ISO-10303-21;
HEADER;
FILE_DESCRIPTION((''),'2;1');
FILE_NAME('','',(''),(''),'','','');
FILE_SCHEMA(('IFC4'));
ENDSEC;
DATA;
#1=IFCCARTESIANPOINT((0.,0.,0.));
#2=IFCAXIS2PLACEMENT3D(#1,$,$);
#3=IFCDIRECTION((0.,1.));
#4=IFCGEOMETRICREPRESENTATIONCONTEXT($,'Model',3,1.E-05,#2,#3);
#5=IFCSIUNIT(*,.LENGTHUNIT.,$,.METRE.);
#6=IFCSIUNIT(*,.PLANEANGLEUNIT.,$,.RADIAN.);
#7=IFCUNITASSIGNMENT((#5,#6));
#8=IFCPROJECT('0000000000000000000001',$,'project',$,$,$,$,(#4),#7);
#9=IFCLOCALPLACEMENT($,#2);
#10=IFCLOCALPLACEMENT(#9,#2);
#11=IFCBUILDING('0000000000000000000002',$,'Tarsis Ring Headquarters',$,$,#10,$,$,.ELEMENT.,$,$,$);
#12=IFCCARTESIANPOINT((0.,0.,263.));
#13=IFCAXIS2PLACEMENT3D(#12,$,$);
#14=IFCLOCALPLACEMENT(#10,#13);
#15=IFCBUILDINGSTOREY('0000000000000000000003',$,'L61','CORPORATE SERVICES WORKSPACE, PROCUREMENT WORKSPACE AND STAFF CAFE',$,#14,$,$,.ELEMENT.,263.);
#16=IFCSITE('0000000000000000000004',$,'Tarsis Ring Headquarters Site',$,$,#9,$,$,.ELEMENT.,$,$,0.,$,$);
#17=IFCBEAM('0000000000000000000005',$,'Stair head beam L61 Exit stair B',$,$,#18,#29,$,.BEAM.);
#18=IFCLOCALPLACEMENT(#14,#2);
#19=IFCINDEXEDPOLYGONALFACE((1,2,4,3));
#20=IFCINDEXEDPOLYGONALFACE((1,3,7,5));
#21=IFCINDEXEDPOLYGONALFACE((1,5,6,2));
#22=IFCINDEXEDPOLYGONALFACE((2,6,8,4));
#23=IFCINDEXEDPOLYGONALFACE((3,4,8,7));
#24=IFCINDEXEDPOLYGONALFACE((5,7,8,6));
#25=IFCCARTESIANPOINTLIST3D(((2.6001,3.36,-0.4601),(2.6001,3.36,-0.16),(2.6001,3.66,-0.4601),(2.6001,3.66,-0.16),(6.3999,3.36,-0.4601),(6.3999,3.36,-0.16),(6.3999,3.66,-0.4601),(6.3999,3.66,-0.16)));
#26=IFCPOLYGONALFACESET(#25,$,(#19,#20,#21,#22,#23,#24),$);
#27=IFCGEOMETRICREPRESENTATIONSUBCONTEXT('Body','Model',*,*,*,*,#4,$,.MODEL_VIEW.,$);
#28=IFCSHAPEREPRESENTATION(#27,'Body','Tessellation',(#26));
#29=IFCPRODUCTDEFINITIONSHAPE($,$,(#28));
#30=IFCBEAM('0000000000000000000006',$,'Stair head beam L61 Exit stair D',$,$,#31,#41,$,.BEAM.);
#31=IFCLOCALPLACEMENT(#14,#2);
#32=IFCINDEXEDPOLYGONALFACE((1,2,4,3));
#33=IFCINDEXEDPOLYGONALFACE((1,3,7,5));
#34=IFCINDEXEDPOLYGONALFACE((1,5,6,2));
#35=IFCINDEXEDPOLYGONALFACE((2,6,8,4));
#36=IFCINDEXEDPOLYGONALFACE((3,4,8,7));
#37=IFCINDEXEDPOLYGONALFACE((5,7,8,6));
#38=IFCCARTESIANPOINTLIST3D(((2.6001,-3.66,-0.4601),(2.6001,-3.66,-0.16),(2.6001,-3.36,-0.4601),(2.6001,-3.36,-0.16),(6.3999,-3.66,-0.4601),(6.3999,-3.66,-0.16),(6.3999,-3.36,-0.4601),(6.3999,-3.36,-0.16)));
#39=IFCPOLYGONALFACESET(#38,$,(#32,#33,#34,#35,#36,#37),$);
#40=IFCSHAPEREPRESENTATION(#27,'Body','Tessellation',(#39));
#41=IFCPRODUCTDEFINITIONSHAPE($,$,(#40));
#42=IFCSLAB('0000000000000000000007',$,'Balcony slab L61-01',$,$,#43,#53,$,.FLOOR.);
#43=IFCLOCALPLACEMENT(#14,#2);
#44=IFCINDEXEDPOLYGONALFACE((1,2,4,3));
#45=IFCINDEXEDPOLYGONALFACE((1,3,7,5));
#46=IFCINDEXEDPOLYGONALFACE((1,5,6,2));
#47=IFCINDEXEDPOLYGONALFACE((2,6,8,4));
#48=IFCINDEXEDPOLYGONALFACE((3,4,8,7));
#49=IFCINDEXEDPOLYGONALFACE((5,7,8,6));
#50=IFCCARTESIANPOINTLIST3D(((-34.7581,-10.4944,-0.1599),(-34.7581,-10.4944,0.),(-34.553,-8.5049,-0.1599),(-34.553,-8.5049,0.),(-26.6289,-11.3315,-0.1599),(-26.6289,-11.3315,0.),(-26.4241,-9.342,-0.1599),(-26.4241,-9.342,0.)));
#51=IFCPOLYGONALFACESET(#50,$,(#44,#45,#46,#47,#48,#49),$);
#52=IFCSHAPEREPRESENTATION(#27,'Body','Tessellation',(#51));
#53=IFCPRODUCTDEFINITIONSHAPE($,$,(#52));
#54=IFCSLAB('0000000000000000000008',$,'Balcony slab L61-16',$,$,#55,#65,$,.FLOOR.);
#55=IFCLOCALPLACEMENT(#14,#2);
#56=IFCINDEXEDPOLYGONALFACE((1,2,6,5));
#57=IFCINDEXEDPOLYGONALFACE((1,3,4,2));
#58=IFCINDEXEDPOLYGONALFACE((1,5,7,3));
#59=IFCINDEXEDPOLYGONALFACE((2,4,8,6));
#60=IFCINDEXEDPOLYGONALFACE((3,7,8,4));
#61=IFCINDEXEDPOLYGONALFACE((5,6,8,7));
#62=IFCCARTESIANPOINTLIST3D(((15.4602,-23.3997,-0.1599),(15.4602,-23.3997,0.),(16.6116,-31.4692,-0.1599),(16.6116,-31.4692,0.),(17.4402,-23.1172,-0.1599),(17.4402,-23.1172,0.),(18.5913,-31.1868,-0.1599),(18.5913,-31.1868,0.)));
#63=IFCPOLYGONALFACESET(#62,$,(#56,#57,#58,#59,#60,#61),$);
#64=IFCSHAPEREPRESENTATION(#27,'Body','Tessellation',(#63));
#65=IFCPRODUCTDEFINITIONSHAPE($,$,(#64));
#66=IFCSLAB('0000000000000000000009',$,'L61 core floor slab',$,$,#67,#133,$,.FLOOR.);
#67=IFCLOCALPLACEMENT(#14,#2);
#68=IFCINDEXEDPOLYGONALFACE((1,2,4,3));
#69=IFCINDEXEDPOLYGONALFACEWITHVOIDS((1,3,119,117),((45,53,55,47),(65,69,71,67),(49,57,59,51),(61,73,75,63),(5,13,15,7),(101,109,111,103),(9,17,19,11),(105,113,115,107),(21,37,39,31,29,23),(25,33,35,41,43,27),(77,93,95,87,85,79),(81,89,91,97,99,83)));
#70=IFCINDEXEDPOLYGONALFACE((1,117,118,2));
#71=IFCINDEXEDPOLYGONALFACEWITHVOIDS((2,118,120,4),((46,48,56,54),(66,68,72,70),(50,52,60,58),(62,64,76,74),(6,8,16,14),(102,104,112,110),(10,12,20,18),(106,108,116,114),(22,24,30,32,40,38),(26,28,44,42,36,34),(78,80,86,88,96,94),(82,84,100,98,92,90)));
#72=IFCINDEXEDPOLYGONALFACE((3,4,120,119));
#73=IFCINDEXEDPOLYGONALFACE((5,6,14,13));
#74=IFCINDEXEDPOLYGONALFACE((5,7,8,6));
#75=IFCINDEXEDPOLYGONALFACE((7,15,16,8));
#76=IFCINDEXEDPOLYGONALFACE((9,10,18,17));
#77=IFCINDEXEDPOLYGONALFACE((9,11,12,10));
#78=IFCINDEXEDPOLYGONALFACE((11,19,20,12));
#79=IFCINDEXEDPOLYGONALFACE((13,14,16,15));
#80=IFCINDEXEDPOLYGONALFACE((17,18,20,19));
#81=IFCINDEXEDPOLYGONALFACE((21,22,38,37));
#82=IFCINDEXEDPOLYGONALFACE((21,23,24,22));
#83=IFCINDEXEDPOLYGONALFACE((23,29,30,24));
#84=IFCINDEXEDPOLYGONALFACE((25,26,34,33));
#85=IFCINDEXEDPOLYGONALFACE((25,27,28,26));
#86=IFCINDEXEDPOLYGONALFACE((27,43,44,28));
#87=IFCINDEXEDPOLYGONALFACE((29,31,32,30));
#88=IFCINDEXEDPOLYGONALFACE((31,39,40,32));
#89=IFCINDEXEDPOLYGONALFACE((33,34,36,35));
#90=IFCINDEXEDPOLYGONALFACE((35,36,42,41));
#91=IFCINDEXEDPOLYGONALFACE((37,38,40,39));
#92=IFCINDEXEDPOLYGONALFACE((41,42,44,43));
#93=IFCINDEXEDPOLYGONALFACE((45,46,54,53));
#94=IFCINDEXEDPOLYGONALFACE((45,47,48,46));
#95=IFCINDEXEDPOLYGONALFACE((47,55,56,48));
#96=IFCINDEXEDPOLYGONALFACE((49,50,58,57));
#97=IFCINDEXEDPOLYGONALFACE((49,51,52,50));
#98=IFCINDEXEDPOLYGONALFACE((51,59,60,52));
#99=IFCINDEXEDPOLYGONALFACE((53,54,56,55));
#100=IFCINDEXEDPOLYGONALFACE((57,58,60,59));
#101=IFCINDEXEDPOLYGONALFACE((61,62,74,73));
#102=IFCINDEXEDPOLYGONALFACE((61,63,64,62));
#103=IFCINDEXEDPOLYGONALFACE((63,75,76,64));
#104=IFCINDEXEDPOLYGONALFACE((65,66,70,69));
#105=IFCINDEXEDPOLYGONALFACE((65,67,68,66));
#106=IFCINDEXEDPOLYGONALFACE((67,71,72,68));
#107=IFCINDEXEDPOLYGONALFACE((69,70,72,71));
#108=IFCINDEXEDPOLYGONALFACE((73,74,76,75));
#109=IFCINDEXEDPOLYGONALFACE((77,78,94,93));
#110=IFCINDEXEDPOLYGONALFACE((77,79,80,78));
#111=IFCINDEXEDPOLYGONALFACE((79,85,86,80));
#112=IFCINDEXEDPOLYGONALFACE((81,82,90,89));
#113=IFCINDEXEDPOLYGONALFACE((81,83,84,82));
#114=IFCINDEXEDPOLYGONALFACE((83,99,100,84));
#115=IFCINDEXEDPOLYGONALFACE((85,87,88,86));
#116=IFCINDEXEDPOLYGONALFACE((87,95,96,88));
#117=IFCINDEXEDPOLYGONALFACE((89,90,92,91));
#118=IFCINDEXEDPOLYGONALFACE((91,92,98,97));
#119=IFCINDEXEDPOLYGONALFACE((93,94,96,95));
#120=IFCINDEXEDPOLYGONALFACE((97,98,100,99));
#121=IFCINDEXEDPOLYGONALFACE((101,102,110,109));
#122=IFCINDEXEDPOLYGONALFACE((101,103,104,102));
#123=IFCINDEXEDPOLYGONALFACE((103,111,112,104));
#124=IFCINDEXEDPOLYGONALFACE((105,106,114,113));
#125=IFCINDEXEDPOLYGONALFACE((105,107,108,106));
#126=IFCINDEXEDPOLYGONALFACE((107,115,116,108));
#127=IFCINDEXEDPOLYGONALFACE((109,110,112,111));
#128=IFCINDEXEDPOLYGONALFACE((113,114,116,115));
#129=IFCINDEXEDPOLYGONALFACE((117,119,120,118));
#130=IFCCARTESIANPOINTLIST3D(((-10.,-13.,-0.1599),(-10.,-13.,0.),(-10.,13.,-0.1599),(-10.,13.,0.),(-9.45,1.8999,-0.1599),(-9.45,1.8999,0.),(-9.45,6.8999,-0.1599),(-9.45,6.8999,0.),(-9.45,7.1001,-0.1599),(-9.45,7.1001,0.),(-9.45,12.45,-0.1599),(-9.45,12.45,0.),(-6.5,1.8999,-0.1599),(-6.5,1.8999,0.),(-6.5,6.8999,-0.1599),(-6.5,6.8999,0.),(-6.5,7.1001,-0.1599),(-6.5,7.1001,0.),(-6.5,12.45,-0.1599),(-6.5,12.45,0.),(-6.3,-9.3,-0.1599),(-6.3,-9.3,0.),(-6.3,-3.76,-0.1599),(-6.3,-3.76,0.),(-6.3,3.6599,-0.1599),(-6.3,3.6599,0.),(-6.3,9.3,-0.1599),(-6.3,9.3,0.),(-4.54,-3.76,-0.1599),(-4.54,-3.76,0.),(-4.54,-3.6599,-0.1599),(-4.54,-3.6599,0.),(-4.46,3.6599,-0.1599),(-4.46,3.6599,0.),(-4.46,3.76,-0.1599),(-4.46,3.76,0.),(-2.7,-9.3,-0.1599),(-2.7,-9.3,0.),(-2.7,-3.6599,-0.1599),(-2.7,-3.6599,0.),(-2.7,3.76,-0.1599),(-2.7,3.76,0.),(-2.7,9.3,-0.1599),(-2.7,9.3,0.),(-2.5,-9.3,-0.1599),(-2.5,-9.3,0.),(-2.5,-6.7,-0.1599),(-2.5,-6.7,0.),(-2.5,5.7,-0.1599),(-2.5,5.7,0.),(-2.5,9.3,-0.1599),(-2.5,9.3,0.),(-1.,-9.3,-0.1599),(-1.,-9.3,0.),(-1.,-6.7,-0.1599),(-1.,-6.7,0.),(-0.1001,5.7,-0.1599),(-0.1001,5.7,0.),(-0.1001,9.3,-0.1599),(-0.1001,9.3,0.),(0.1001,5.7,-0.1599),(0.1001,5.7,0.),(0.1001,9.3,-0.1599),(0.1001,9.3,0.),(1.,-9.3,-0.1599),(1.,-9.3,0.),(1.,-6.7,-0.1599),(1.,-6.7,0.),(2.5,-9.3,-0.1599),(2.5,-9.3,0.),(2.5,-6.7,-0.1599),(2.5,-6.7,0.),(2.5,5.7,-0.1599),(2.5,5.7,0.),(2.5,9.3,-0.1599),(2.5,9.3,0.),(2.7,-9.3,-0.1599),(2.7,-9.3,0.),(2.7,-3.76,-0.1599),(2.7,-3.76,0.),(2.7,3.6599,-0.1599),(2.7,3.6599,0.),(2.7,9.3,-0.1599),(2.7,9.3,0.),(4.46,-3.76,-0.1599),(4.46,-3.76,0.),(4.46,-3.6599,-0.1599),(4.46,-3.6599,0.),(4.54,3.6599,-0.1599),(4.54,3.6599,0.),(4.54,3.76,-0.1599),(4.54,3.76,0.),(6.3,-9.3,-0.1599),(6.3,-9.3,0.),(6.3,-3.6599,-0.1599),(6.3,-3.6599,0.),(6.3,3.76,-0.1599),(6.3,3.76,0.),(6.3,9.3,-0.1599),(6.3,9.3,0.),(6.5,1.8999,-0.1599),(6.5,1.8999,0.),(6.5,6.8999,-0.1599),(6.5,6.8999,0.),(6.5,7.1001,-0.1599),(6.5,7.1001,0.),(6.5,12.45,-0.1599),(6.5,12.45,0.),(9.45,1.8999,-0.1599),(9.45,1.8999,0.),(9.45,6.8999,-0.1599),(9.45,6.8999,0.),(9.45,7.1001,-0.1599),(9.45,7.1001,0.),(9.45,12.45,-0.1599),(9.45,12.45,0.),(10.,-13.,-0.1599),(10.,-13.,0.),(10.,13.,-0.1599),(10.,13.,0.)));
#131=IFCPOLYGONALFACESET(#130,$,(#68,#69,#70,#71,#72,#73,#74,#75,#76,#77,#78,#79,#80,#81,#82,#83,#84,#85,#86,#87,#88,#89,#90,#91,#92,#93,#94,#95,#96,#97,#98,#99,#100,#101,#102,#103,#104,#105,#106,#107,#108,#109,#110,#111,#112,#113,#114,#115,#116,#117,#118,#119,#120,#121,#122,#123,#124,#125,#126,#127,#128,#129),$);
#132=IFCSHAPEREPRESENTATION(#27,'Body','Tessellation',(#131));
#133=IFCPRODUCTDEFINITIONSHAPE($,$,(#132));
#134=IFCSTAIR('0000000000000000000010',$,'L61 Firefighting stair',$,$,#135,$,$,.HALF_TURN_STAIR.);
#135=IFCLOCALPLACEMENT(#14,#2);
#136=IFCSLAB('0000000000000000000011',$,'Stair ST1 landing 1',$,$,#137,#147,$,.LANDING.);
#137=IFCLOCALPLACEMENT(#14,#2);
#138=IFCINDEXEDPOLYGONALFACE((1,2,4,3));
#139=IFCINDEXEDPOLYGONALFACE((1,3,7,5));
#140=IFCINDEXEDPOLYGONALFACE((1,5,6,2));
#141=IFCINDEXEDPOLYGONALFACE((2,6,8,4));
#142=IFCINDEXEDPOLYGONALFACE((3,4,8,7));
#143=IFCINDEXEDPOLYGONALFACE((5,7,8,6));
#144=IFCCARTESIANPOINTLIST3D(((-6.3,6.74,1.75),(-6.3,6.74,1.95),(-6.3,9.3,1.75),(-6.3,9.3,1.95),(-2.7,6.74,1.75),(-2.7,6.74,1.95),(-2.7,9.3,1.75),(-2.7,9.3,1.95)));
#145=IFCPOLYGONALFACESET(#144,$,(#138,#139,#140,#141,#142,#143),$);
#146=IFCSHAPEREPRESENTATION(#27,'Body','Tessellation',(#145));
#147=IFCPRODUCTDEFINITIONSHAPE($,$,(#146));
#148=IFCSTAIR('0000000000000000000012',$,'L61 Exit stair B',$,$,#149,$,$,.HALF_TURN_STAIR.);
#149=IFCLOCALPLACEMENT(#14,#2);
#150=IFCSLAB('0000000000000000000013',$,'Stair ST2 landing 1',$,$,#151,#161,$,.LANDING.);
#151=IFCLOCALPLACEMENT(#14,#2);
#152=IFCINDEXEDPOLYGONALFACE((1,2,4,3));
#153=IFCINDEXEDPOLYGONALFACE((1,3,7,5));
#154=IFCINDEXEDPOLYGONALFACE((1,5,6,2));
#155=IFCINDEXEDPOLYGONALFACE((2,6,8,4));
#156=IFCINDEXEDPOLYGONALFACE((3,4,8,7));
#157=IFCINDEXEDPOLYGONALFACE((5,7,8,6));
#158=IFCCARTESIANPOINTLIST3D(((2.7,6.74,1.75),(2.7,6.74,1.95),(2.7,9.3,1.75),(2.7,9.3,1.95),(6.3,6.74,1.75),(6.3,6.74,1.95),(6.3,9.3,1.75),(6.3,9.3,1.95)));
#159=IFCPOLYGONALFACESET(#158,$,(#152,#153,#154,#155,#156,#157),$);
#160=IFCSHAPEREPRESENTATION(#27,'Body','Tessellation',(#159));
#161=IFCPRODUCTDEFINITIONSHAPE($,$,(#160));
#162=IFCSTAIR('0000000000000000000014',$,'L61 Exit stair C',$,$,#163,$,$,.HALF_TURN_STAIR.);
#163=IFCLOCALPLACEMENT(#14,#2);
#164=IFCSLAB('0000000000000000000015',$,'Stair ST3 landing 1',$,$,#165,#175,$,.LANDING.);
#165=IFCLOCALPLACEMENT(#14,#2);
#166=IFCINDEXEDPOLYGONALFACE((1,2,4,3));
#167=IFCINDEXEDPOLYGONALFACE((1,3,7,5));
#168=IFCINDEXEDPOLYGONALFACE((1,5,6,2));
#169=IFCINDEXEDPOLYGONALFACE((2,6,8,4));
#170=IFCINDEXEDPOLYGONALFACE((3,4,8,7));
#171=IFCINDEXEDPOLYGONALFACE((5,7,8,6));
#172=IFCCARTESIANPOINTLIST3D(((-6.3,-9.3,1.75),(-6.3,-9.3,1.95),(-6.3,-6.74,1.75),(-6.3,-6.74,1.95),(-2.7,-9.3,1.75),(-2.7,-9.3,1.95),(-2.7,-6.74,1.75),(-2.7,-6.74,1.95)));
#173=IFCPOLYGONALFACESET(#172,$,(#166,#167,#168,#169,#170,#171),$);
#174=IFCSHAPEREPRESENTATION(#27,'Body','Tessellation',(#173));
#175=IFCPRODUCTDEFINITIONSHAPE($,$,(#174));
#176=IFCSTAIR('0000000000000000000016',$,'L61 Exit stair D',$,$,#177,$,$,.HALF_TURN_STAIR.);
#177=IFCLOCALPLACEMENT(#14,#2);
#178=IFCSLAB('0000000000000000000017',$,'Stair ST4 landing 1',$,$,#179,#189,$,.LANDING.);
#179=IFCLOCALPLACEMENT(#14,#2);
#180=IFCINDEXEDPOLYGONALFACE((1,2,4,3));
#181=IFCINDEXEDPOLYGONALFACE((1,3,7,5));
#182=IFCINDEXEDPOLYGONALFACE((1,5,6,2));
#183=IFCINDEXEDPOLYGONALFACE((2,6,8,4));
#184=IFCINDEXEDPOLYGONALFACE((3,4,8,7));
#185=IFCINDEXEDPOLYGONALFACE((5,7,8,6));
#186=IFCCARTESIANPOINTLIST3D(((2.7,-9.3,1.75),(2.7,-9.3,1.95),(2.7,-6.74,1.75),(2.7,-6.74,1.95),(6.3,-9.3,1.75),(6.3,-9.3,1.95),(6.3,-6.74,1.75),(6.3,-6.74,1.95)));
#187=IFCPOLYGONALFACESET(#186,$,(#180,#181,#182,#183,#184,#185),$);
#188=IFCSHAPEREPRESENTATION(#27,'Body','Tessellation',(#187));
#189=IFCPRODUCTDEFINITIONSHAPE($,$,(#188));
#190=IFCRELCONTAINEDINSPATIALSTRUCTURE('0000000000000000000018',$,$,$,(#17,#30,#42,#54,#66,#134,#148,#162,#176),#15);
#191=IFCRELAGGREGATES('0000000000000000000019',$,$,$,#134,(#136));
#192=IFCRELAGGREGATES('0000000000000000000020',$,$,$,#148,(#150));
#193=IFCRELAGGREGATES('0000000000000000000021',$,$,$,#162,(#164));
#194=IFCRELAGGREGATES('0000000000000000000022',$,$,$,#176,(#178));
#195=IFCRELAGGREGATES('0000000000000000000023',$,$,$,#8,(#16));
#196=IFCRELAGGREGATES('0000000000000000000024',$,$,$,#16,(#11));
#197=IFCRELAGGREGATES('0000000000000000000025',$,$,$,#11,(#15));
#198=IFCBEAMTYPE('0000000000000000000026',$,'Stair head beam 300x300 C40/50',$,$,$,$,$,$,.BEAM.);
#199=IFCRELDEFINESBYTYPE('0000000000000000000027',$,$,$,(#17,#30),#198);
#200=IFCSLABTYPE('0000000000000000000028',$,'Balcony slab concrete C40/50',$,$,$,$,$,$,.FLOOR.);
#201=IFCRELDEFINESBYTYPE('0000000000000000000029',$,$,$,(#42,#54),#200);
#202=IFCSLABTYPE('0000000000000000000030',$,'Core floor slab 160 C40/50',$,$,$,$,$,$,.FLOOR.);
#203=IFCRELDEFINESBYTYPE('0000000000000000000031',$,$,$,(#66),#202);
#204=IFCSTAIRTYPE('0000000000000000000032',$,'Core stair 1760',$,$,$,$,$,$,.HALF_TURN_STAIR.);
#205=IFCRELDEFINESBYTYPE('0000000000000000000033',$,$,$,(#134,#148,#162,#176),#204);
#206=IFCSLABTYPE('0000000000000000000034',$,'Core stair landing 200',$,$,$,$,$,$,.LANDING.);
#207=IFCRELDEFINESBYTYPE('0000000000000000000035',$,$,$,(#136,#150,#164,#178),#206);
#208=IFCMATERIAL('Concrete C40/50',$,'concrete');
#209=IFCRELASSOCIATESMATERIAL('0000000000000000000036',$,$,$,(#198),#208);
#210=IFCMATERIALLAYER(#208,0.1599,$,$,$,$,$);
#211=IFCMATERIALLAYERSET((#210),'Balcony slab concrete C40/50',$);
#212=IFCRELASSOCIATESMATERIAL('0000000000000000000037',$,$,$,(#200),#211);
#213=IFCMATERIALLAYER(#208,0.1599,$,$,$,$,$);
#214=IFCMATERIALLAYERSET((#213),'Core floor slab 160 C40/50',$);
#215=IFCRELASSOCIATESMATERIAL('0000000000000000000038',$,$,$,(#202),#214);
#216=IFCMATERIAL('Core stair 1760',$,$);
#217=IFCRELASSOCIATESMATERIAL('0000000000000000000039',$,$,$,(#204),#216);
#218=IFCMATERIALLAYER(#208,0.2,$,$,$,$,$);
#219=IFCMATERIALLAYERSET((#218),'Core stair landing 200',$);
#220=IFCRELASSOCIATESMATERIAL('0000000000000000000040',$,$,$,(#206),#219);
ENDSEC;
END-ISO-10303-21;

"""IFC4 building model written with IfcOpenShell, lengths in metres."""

from ifc_helpers import new_model, si_unit, direction, frame, origin, origin_2d, place, context, subcontext, project, spatial, polyline, rectangle, outline, extrude, material, layer, layer_set, material_profile, profile_set, type_object, element, aggregate, save


model = new_model("IFC4")

# Units and contexts
model_context = context("Model", 3, precision=1e-05, world=origin(), true_north=direction((0.0, 1.0)))
body_context = subcontext(model_context, "Body", "Model", "MODEL_VIEW")
ifc_project = project(units=[si_unit("LENGTHUNIT", "METRE"), si_unit("PLANEANGLEUNIT", "RADIAN")], contexts=[model_context])

# Site, building, storey
site_placement = place(None, origin())
site = spatial("IfcSite", under=ifc_project, at=site_placement, Name="Tarsis Ring Headquarters Site", CompositionType="ELEMENT", RefElevation=0.0)
building_placement = place(site_placement, origin())
building = spatial("IfcBuilding", under=site, at=building_placement, Name="Tarsis Ring Headquarters", CompositionType="ELEMENT")
storey_placement = place(building_placement, frame((0.0, 0.0, 263.0)))
storey = spatial("IfcBuildingStorey", under=building, at=storey_placement, Name="L61", Description="CORPORATE SERVICES WORKSPACE, PROCUREMENT WORKSPACE AND STAFF CAFE", CompositionType="ELEMENT", Elevation=263.0)

# Beams
ifc_material_1 = material(Name="Concrete C40/50", Category="concrete")
ifc_material_profile = material_profile(ifc_material_1, rectangle(XDim=0.3, YDim=0.3, at=origin_2d()), Name="Stair head beam 300x300 C40/50")
ifc_profile_set = profile_set([ifc_material_profile], Name="Concrete C40/50")
beam_type = type_object("IfcBeamType", Name="Stair head beam 300x300 C40/50", PredefinedType="BEAM", material=ifc_profile_set)
for number, where, z_axis, x_axis, name in (
    (1, (2.6001, 3.51, -0.3101), (1.0, 0.0, 0.0), (0.0, 1.0, 0.0), "Stair head beam L61 Exit stair B"),
    (2, (2.6001, -3.51, -0.3101), (1.0, 0.0, 0.0), (0.0, 1.0, 0.0), "Stair head beam L61 Exit stair D"),
):
    element("IfcBeam", number, at=place(storey_placement, frame(where, z_axis=z_axis, x_axis=x_axis)), inside=storey, type_object=beam_type, Name=name, PredefinedType="BEAM", context=body_context, shape_type="SweptSolid", body=[
        extrude(rectangle(XDim=0.3, YDim=0.3, at=origin_2d()), origin(), (0.0, 0.0, 1.0), 3.7998),
    ])

# Slabs
ifc_layer_1 = layer(ifc_material_1, 0.1599)
ifc_layer_set_1 = layer_set([ifc_layer_1], Name="Balcony slab concrete C40/50")
slab_type_1 = type_object("IfcSlabType", Name="Balcony slab concrete C40/50", PredefinedType="FLOOR", material=ifc_layer_set_1)
slab_1_placement = place(storey_placement, frame((0.0, 0.0, -0.1599)))
element("IfcSlab", 3, at=slab_1_placement, inside=storey, type_object=slab_type_1, Name="Balcony slab L61-01", PredefinedType="FLOOR", context=body_context, shape_type="SweptSolid", body=[
    extrude(outline(polyline([(-34.553, -8.5049), (-34.7581, -10.4944), (-26.6289, -11.3315), (-26.4241, -9.342), (-34.553, -8.5049)])), origin(), (0.0, 0.0, 1.0), 0.1599),
])
slab_2_placement = place(storey_placement, frame((0.0, 0.0, -0.1599)))
element("IfcSlab", 4, at=slab_2_placement, inside=storey, type_object=slab_type_1, Name="Balcony slab L61-16", PredefinedType="FLOOR", context=body_context, shape_type="SweptSolid", body=[
    extrude(outline(polyline([(16.6116, -31.4692), (18.5913, -31.1868), (17.4402, -23.1172), (15.4602, -23.3997), (16.6116, -31.4692)])), origin(), (0.0, 0.0, 1.0), 0.1599),
])
ifc_layer_2 = layer(ifc_material_1, 0.1599)
ifc_layer_set_2 = layer_set([ifc_layer_2], Name="Core floor slab 160 C40/50")
slab_type_2 = type_object("IfcSlabType", Name="Core floor slab 160 C40/50", PredefinedType="FLOOR", material=ifc_layer_set_2)
slab_3_placement = place(storey_placement, frame((0.0, 0.0, -0.1599)))
element("IfcSlab", 5, at=slab_3_placement, inside=storey, type_object=slab_type_2, Name="L61 core floor slab", PredefinedType="FLOOR", context=body_context, shape_type="SweptSolid", body=[
    extrude(outline(polyline([(-10.0, -13.0), (10.0, -13.0), (10.0, 13.0), (-10.0, 13.0), (-10.0, -13.0)]), holes=[polyline([(-2.5, 5.7), (-0.1001, 5.7), (-0.1001, 9.3), (-2.5, 9.3), (-2.5, 5.7)]), polyline([(0.1001, 5.7), (2.5, 5.7), (2.5, 9.3), (0.1001, 9.3), (0.1001, 5.7)]), polyline([(-9.45, 1.8999), (-6.5, 1.8999), (-6.5, 6.8999), (-9.45, 6.8999), (-9.45, 1.8999)]), polyline([(-9.45, 7.1001), (-6.5, 7.1001), (-6.5, 12.45), (-9.45, 12.45), (-9.45, 7.1001)]), polyline([(6.5, 1.8999), (9.45, 1.8999), (9.45, 6.8999), (6.5, 6.8999), (6.5, 1.8999)]), polyline([(6.5, 7.1001), (9.45, 7.1001), (9.45, 12.45), (6.5, 12.45), (6.5, 7.1001)]), polyline([(-2.5, -9.3), (-1.0, -9.3), (-1.0, -6.7), (-2.5, -6.7), (-2.5, -9.3)]), polyline([(1.0, -9.3), (2.5, -9.3), (2.5, -6.7), (1.0, -6.7), (1.0, -9.3)]), polyline([(-2.7, 3.76), (-2.7, 9.3), (-6.3, 9.3), (-6.3, 3.6599), (-4.46, 3.6599), (-4.46, 3.76), (-2.7, 3.76)]), polyline([(6.3, 3.76), (6.3, 9.3), (2.7, 9.3), (2.7, 3.6599), (4.54, 3.6599), (4.54, 3.76), (6.3, 3.76)]), polyline([(-6.3, -3.76), (-6.3, -9.3), (-2.7, -9.3), (-2.7, -3.6599), (-4.54, -3.6599), (-4.54, -3.76), (-6.3, -3.76)]), polyline([(2.7, -3.76), (2.7, -9.3), (6.3, -9.3), (6.3, -3.6599), (4.46, -3.6599), (4.46, -3.76), (2.7, -3.76)])]), origin(), (0.0, 0.0, 1.0), 0.1599),
])

# Stairs, slabs
ifc_material_2 = material(Name="Core stair 1760")
stair_type = type_object("IfcStairType", Name="Core stair 1760", PredefinedType="HALF_TURN_STAIR", material=ifc_material_2)
stair_1_placement = place(storey_placement, origin())
stair_1 = element("IfcStair", 6, at=stair_1_placement, inside=storey, type_object=stair_type, Name="L61 Firefighting stair", PredefinedType="HALF_TURN_STAIR")
ifc_layer_3 = layer(ifc_material_1, 0.2)
ifc_layer_set_3 = layer_set([ifc_layer_3], Name="Core stair landing 200")
slab_type_3 = type_object("IfcSlabType", Name="Core stair landing 200", PredefinedType="LANDING", material=ifc_layer_set_3)
slab_4_placement = place(storey_placement, frame((0.0, 0.0, 1.75)))
slab_4 = element("IfcSlab", 7, at=slab_4_placement, type_object=slab_type_3, Name="Stair ST1 landing 1", PredefinedType="LANDING", context=body_context, shape_type="SweptSolid", body=[
    extrude(outline(polyline([(-2.7, 6.74), (-2.7, 9.3), (-6.3, 9.3), (-6.3, 6.74), (-2.7, 6.74)])), origin(), (0.0, 0.0, 1.0), 0.2),
])
aggregate(stair_1, [slab_4])
stair_2_placement = place(storey_placement, origin())
stair_2 = element("IfcStair", 8, at=stair_2_placement, inside=storey, type_object=stair_type, Name="L61 Exit stair B", PredefinedType="HALF_TURN_STAIR")
slab_5_placement = place(storey_placement, frame((0.0, 0.0, 1.75)))
slab_5 = element("IfcSlab", 9, at=slab_5_placement, type_object=slab_type_3, Name="Stair ST2 landing 1", PredefinedType="LANDING", context=body_context, shape_type="SweptSolid", body=[
    extrude(outline(polyline([(6.3, 6.74), (6.3, 9.3), (2.7, 9.3), (2.7, 6.74), (6.3, 6.74)])), origin(), (0.0, 0.0, 1.0), 0.2),
])
aggregate(stair_2, [slab_5])
stair_3_placement = place(storey_placement, origin())
stair_3 = element("IfcStair", 10, at=stair_3_placement, inside=storey, type_object=stair_type, Name="L61 Exit stair C", PredefinedType="HALF_TURN_STAIR")
slab_6_placement = place(storey_placement, frame((0.0, 0.0, 1.75)))
slab_6 = element("IfcSlab", 11, at=slab_6_placement, type_object=slab_type_3, Name="Stair ST3 landing 1", PredefinedType="LANDING", context=body_context, shape_type="SweptSolid", body=[
    extrude(outline(polyline([(-6.3, -6.74), (-6.3, -9.3), (-2.7, -9.3), (-2.7, -6.74), (-6.3, -6.74)])), origin(), (0.0, 0.0, 1.0), 0.2),
])
aggregate(stair_3, [slab_6])
stair_4_placement = place(storey_placement, origin())
stair_4 = element("IfcStair", 12, at=stair_4_placement, inside=storey, type_object=stair_type, Name="L61 Exit stair D", PredefinedType="HALF_TURN_STAIR")
slab_7_placement = place(storey_placement, frame((0.0, 0.0, 1.75)))
slab_7 = element("IfcSlab", 13, at=slab_7_placement, type_object=slab_type_3, Name="Stair ST4 landing 1", PredefinedType="LANDING", context=body_context, shape_type="SweptSolid", body=[
    extrude(outline(polyline([(2.7, -6.74), (2.7, -9.3), (6.3, -9.3), (6.3, -6.74), (2.7, -6.74)])), origin(), (0.0, 0.0, 1.0), 0.2),
])
aggregate(stair_4, [slab_7])

save(model, "model.ifc")
